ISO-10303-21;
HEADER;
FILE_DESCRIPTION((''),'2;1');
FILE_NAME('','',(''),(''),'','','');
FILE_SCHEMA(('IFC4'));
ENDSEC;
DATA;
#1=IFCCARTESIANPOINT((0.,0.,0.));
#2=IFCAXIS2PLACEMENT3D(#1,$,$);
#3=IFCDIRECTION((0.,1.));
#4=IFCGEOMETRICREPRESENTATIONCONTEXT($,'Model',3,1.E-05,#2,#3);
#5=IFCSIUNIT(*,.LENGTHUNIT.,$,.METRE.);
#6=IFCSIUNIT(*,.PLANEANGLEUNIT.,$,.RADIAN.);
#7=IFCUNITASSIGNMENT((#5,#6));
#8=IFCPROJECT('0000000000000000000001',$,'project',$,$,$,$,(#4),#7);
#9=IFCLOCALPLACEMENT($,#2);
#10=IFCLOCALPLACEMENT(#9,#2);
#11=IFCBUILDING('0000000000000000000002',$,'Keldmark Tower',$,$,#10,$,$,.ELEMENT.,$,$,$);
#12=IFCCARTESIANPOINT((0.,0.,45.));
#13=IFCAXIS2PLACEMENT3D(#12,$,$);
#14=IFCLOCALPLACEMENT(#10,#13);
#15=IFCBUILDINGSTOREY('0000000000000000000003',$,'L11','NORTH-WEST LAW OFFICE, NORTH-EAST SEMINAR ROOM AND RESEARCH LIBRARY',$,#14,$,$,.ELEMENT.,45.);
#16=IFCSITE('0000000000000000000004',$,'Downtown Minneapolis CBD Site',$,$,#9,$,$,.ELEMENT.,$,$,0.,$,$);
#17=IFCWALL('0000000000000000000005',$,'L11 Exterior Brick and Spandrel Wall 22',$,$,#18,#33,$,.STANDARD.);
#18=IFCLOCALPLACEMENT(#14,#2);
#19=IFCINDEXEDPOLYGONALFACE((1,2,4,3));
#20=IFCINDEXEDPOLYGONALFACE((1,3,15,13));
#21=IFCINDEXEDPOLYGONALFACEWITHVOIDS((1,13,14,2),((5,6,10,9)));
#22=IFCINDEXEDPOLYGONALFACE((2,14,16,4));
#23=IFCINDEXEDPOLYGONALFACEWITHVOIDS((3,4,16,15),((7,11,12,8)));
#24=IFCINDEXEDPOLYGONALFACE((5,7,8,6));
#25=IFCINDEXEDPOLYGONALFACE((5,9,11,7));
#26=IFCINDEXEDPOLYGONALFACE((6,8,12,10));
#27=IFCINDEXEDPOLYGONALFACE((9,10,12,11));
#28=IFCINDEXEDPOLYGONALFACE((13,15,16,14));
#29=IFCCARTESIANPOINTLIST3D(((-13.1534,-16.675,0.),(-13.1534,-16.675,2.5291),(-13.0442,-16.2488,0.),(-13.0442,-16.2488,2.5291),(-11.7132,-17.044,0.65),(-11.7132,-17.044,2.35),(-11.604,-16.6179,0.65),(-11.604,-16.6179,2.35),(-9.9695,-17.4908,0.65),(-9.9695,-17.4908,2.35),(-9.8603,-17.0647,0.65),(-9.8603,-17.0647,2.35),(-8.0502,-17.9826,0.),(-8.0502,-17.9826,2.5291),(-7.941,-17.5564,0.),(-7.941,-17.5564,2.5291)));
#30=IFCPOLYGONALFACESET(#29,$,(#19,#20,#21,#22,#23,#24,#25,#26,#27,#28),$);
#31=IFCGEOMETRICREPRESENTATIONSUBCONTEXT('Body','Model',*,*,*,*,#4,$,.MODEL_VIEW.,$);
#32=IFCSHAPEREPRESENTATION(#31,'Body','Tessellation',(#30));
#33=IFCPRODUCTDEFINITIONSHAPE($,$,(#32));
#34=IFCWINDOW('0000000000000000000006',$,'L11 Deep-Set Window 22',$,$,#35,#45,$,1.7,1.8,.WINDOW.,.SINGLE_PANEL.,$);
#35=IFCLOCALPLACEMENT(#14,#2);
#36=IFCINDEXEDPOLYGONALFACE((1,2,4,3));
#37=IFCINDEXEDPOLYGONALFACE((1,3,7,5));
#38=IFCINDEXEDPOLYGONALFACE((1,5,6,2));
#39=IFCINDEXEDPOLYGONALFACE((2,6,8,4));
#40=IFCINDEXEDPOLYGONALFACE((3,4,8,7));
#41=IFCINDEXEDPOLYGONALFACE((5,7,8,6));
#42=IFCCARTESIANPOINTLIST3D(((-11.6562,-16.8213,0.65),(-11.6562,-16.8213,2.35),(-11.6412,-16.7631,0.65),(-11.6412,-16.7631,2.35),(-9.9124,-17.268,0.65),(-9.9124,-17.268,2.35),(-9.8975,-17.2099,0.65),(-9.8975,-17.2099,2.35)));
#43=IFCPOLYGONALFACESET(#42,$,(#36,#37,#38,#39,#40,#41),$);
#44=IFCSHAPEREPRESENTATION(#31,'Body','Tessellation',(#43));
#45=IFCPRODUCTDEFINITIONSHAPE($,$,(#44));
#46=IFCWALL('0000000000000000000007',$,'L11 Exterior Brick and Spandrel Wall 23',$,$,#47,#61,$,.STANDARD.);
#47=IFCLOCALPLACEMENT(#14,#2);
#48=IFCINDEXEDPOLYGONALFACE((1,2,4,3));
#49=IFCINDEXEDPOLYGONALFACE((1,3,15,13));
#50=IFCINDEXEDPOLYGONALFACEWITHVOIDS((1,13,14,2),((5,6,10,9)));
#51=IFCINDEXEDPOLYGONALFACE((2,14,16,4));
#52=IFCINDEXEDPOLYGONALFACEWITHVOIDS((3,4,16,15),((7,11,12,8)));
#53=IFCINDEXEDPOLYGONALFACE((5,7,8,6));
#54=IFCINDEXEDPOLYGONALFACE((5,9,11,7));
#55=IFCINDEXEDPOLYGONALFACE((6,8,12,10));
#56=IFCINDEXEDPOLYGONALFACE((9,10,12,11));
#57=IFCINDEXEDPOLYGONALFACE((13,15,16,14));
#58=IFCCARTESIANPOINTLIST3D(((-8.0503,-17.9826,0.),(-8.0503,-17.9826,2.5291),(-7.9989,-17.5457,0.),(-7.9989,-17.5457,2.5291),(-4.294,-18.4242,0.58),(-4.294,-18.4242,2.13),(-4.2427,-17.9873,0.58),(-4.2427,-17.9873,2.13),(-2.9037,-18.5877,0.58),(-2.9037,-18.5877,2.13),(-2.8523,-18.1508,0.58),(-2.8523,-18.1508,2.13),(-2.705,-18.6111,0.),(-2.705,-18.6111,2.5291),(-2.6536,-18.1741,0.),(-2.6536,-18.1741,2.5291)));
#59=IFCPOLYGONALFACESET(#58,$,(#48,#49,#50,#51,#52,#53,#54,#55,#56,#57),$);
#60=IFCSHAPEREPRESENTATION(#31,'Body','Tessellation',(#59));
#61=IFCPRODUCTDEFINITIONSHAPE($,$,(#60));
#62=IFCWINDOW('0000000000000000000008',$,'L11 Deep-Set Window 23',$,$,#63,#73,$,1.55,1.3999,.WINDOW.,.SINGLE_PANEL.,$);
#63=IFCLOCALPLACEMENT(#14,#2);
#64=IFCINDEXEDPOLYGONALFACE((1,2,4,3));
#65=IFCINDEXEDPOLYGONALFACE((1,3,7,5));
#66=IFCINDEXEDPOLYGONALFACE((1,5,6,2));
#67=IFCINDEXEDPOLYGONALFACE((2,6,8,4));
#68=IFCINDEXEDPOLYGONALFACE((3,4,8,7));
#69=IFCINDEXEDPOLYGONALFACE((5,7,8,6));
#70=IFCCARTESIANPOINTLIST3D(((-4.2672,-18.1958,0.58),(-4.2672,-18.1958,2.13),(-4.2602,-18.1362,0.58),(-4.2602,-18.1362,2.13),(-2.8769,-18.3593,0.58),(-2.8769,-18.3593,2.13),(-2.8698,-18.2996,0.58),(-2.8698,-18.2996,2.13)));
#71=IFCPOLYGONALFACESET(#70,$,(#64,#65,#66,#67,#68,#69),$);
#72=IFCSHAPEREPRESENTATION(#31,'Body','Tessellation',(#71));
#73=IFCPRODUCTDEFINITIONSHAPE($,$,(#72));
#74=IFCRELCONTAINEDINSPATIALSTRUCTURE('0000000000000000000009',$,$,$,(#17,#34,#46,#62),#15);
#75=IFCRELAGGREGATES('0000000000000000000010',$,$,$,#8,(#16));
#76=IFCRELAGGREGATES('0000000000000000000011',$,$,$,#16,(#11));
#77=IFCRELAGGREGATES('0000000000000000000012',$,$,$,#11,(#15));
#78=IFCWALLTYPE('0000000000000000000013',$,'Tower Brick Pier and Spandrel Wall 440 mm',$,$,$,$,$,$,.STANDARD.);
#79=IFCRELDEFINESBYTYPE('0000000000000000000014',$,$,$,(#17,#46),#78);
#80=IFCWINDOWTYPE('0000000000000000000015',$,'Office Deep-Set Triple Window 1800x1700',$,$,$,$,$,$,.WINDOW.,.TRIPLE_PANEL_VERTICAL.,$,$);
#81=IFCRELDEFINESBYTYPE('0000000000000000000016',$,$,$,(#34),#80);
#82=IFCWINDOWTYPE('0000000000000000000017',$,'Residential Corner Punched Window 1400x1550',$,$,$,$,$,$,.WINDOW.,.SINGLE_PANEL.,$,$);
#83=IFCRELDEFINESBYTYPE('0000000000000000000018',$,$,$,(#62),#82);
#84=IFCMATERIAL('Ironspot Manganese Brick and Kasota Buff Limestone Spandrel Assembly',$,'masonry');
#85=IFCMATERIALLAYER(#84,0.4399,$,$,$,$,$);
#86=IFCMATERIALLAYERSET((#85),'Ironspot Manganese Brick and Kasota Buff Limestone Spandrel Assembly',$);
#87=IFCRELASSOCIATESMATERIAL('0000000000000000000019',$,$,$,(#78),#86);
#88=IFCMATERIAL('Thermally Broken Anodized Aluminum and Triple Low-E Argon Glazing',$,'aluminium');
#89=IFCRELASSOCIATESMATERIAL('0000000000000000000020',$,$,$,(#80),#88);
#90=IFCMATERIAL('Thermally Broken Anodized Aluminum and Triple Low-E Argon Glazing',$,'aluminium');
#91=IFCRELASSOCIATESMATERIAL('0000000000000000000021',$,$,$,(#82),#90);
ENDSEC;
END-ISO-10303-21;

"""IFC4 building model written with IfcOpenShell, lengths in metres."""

from ifc_helpers import new_model, si_unit, direction, frame, frame_2d, origin, place, context, subcontext, project, spatial, rectangle, extrude, material, layer, layer_set, type_object, element, fill, save


model = new_model("IFC4")

# Units and contexts
model_context = context("Model", 3, precision=1e-05, world=origin(), true_north=direction((0.0, 1.0)))
body_context = subcontext(model_context, "Body", "Model", "MODEL_VIEW")
ifc_project = project(units=[si_unit("LENGTHUNIT", "METRE"), si_unit("PLANEANGLEUNIT", "RADIAN")], contexts=[model_context])

# Site, building, storey
site_placement = place(None, origin())
site = spatial("IfcSite", under=ifc_project, at=site_placement, Name="Downtown Minneapolis CBD Site", CompositionType="ELEMENT", RefElevation=0.0)
building_placement = place(site_placement, origin())
building = spatial("IfcBuilding", under=site, at=building_placement, Name="Keldmark Tower", CompositionType="ELEMENT")
storey_placement = place(building_placement, frame((0.0, 0.0, 45.0)))
storey = spatial("IfcBuildingStorey", under=building, at=storey_placement, Name="L11", Description="NORTH-WEST LAW OFFICE, NORTH-EAST SEMINAR ROOM AND RESEARCH LIBRARY", CompositionType="ELEMENT", Elevation=45.0)

# Walls, openings, windows
ifc_material_1 = material(Name="Ironspot Manganese Brick and Kasota Buff Limestone Spandrel Assembly", Category="masonry")
ifc_layer_1 = layer(ifc_material_1, 0.4399)
ifc_layer_set_1 = layer_set([ifc_layer_1], Name="Ironspot Manganese Brick and Kasota Buff Limestone Spandrel Assembly")
wall_type_1 = type_object("IfcWallType", Name="Tower Brick Pier and Spandrel Wall 440 mm", PredefinedType="STANDARD", material=ifc_layer_set_1)
ifc_material_2 = material(Name="Thermally Broken Anodized Aluminum and Triple Low-E Argon Glazing", Category="aluminium")
window_type_1 = type_object("IfcWindowType", Name="Office Deep-Set Triple Window 1800x1700", PartitioningType="TRIPLE_PANEL_VERTICAL", PredefinedType="WINDOW", material=ifc_material_2)
wall_1_placement = place(storey_placement, frame((-7.9956, -17.7695, 0.0), z_axis=(0.0, 0.0, 1.0), x_axis=(-0.968706, 0.248213, 0.0)))
wall_1 = element("IfcWall", 1, at=wall_1_placement, inside=storey, type_object=wall_type_1, Name="L11 Exterior Brick and Spandrel Wall 22", PredefinedType="STANDARD", context=body_context, shape_type="SweptSolid", body=[
    extrude(rectangle(XDim=5.2681, YDim=0.4399, at=frame_2d((2.634, 0.0))), origin(), (0.0, 0.0, 1.0), 2.5291),
])
opening_1_placement = place(wall_1_placement, frame((1.9814, 0.0, 0.6499)))
opening_1 = element("IfcOpeningElement", 2, at=opening_1_placement, cuts=wall_1, PredefinedType="OPENING", context=body_context, shape_type="SweptSolid", body=[
    extrude(rectangle(XDim=1.8, YDim=1.7, at=frame_2d((0.8999, 0.8501))), frame((0.0, 0.23, 0.0), z_axis=(0.0, -1.0, 0.0), x_axis=(1.0, 0.0, 0.0)), (0.0, 0.0, 1.0), 0.46),
])
window_1_placement = place(opening_1_placement, origin())
window_1 = element("IfcWindow", 3, at=window_1_placement, inside=storey, type_object=window_type_1, Name="L11 Deep-Set Window 22", OverallHeight=1.7, OverallWidth=1.8, PartitioningType="SINGLE_PANEL", PredefinedType="WINDOW", context=body_context, shape_type="SweptSolid", body=[
    extrude(rectangle(XDim=1.8, YDim=1.7, at=frame_2d((0.8999, 0.8501))), frame((0.0, -0.01, 0.0), z_axis=(0.0, -1.0, 0.0), x_axis=(1.0, 0.0, 0.0)), (0.0, 0.0, 1.0), 0.0601),
])
fill(opening_1, window_1)
wall_2_placement = place(storey_placement, frame((-2.6794, -18.3926, 0.0), z_axis=(0.0, 0.0, 1.0), x_axis=(-0.99316, 0.116762, 0.0)))
wall_2 = element("IfcWall", 4, at=wall_2_placement, inside=storey, type_object=wall_type_1, Name="L11 Exterior Brick and Spandrel Wall 23", PredefinedType="STANDARD", context=body_context, shape_type="SweptSolid", body=[
    extrude(rectangle(XDim=5.3821, YDim=0.4399, at=frame_2d((2.6909, 0.0))), origin(), (0.0, 0.0, 1.0), 2.5291),
])
opening_2_placement = place(wall_2_placement, frame((0.2, 0.0, 0.5801)))
opening_2 = element("IfcOpeningElement", 5, at=opening_2_placement, cuts=wall_2, PredefinedType="OPENING", context=body_context, shape_type="SweptSolid", body=[
    extrude(rectangle(XDim=1.3999, YDim=1.55, at=frame_2d((0.7, 0.7749))), frame((0.0, 0.23, 0.0), z_axis=(0.0, -1.0, 0.0), x_axis=(1.0, 0.0, 0.0)), (0.0, 0.0, 1.0), 0.46),
])
ifc_material_3 = material(Name="Thermally Broken Anodized Aluminum and Triple Low-E Argon Glazing", Category="aluminium")
window_type_2 = type_object("IfcWindowType", Name="Residential Corner Punched Window 1400x1550", PartitioningType="SINGLE_PANEL", PredefinedType="WINDOW", material=ifc_material_3)
window_2_placement = place(opening_2_placement, origin())
window_2 = element("IfcWindow", 6, at=window_2_placement, inside=storey, type_object=window_type_2, Name="L11 Deep-Set Window 23", OverallHeight=1.55, OverallWidth=1.3999, PartitioningType="SINGLE_PANEL", PredefinedType="WINDOW", context=body_context, shape_type="SweptSolid", body=[
    extrude(rectangle(XDim=1.3999, YDim=1.55, at=frame_2d((0.7, 0.7749))), frame((0.0, -0.01, 0.0), z_axis=(0.0, -1.0, 0.0), x_axis=(1.0, 0.0, 0.0)), (0.0, 0.0, 1.0), 0.0601),
])
fill(opening_2, window_2)

save(model, "model.ifc")
